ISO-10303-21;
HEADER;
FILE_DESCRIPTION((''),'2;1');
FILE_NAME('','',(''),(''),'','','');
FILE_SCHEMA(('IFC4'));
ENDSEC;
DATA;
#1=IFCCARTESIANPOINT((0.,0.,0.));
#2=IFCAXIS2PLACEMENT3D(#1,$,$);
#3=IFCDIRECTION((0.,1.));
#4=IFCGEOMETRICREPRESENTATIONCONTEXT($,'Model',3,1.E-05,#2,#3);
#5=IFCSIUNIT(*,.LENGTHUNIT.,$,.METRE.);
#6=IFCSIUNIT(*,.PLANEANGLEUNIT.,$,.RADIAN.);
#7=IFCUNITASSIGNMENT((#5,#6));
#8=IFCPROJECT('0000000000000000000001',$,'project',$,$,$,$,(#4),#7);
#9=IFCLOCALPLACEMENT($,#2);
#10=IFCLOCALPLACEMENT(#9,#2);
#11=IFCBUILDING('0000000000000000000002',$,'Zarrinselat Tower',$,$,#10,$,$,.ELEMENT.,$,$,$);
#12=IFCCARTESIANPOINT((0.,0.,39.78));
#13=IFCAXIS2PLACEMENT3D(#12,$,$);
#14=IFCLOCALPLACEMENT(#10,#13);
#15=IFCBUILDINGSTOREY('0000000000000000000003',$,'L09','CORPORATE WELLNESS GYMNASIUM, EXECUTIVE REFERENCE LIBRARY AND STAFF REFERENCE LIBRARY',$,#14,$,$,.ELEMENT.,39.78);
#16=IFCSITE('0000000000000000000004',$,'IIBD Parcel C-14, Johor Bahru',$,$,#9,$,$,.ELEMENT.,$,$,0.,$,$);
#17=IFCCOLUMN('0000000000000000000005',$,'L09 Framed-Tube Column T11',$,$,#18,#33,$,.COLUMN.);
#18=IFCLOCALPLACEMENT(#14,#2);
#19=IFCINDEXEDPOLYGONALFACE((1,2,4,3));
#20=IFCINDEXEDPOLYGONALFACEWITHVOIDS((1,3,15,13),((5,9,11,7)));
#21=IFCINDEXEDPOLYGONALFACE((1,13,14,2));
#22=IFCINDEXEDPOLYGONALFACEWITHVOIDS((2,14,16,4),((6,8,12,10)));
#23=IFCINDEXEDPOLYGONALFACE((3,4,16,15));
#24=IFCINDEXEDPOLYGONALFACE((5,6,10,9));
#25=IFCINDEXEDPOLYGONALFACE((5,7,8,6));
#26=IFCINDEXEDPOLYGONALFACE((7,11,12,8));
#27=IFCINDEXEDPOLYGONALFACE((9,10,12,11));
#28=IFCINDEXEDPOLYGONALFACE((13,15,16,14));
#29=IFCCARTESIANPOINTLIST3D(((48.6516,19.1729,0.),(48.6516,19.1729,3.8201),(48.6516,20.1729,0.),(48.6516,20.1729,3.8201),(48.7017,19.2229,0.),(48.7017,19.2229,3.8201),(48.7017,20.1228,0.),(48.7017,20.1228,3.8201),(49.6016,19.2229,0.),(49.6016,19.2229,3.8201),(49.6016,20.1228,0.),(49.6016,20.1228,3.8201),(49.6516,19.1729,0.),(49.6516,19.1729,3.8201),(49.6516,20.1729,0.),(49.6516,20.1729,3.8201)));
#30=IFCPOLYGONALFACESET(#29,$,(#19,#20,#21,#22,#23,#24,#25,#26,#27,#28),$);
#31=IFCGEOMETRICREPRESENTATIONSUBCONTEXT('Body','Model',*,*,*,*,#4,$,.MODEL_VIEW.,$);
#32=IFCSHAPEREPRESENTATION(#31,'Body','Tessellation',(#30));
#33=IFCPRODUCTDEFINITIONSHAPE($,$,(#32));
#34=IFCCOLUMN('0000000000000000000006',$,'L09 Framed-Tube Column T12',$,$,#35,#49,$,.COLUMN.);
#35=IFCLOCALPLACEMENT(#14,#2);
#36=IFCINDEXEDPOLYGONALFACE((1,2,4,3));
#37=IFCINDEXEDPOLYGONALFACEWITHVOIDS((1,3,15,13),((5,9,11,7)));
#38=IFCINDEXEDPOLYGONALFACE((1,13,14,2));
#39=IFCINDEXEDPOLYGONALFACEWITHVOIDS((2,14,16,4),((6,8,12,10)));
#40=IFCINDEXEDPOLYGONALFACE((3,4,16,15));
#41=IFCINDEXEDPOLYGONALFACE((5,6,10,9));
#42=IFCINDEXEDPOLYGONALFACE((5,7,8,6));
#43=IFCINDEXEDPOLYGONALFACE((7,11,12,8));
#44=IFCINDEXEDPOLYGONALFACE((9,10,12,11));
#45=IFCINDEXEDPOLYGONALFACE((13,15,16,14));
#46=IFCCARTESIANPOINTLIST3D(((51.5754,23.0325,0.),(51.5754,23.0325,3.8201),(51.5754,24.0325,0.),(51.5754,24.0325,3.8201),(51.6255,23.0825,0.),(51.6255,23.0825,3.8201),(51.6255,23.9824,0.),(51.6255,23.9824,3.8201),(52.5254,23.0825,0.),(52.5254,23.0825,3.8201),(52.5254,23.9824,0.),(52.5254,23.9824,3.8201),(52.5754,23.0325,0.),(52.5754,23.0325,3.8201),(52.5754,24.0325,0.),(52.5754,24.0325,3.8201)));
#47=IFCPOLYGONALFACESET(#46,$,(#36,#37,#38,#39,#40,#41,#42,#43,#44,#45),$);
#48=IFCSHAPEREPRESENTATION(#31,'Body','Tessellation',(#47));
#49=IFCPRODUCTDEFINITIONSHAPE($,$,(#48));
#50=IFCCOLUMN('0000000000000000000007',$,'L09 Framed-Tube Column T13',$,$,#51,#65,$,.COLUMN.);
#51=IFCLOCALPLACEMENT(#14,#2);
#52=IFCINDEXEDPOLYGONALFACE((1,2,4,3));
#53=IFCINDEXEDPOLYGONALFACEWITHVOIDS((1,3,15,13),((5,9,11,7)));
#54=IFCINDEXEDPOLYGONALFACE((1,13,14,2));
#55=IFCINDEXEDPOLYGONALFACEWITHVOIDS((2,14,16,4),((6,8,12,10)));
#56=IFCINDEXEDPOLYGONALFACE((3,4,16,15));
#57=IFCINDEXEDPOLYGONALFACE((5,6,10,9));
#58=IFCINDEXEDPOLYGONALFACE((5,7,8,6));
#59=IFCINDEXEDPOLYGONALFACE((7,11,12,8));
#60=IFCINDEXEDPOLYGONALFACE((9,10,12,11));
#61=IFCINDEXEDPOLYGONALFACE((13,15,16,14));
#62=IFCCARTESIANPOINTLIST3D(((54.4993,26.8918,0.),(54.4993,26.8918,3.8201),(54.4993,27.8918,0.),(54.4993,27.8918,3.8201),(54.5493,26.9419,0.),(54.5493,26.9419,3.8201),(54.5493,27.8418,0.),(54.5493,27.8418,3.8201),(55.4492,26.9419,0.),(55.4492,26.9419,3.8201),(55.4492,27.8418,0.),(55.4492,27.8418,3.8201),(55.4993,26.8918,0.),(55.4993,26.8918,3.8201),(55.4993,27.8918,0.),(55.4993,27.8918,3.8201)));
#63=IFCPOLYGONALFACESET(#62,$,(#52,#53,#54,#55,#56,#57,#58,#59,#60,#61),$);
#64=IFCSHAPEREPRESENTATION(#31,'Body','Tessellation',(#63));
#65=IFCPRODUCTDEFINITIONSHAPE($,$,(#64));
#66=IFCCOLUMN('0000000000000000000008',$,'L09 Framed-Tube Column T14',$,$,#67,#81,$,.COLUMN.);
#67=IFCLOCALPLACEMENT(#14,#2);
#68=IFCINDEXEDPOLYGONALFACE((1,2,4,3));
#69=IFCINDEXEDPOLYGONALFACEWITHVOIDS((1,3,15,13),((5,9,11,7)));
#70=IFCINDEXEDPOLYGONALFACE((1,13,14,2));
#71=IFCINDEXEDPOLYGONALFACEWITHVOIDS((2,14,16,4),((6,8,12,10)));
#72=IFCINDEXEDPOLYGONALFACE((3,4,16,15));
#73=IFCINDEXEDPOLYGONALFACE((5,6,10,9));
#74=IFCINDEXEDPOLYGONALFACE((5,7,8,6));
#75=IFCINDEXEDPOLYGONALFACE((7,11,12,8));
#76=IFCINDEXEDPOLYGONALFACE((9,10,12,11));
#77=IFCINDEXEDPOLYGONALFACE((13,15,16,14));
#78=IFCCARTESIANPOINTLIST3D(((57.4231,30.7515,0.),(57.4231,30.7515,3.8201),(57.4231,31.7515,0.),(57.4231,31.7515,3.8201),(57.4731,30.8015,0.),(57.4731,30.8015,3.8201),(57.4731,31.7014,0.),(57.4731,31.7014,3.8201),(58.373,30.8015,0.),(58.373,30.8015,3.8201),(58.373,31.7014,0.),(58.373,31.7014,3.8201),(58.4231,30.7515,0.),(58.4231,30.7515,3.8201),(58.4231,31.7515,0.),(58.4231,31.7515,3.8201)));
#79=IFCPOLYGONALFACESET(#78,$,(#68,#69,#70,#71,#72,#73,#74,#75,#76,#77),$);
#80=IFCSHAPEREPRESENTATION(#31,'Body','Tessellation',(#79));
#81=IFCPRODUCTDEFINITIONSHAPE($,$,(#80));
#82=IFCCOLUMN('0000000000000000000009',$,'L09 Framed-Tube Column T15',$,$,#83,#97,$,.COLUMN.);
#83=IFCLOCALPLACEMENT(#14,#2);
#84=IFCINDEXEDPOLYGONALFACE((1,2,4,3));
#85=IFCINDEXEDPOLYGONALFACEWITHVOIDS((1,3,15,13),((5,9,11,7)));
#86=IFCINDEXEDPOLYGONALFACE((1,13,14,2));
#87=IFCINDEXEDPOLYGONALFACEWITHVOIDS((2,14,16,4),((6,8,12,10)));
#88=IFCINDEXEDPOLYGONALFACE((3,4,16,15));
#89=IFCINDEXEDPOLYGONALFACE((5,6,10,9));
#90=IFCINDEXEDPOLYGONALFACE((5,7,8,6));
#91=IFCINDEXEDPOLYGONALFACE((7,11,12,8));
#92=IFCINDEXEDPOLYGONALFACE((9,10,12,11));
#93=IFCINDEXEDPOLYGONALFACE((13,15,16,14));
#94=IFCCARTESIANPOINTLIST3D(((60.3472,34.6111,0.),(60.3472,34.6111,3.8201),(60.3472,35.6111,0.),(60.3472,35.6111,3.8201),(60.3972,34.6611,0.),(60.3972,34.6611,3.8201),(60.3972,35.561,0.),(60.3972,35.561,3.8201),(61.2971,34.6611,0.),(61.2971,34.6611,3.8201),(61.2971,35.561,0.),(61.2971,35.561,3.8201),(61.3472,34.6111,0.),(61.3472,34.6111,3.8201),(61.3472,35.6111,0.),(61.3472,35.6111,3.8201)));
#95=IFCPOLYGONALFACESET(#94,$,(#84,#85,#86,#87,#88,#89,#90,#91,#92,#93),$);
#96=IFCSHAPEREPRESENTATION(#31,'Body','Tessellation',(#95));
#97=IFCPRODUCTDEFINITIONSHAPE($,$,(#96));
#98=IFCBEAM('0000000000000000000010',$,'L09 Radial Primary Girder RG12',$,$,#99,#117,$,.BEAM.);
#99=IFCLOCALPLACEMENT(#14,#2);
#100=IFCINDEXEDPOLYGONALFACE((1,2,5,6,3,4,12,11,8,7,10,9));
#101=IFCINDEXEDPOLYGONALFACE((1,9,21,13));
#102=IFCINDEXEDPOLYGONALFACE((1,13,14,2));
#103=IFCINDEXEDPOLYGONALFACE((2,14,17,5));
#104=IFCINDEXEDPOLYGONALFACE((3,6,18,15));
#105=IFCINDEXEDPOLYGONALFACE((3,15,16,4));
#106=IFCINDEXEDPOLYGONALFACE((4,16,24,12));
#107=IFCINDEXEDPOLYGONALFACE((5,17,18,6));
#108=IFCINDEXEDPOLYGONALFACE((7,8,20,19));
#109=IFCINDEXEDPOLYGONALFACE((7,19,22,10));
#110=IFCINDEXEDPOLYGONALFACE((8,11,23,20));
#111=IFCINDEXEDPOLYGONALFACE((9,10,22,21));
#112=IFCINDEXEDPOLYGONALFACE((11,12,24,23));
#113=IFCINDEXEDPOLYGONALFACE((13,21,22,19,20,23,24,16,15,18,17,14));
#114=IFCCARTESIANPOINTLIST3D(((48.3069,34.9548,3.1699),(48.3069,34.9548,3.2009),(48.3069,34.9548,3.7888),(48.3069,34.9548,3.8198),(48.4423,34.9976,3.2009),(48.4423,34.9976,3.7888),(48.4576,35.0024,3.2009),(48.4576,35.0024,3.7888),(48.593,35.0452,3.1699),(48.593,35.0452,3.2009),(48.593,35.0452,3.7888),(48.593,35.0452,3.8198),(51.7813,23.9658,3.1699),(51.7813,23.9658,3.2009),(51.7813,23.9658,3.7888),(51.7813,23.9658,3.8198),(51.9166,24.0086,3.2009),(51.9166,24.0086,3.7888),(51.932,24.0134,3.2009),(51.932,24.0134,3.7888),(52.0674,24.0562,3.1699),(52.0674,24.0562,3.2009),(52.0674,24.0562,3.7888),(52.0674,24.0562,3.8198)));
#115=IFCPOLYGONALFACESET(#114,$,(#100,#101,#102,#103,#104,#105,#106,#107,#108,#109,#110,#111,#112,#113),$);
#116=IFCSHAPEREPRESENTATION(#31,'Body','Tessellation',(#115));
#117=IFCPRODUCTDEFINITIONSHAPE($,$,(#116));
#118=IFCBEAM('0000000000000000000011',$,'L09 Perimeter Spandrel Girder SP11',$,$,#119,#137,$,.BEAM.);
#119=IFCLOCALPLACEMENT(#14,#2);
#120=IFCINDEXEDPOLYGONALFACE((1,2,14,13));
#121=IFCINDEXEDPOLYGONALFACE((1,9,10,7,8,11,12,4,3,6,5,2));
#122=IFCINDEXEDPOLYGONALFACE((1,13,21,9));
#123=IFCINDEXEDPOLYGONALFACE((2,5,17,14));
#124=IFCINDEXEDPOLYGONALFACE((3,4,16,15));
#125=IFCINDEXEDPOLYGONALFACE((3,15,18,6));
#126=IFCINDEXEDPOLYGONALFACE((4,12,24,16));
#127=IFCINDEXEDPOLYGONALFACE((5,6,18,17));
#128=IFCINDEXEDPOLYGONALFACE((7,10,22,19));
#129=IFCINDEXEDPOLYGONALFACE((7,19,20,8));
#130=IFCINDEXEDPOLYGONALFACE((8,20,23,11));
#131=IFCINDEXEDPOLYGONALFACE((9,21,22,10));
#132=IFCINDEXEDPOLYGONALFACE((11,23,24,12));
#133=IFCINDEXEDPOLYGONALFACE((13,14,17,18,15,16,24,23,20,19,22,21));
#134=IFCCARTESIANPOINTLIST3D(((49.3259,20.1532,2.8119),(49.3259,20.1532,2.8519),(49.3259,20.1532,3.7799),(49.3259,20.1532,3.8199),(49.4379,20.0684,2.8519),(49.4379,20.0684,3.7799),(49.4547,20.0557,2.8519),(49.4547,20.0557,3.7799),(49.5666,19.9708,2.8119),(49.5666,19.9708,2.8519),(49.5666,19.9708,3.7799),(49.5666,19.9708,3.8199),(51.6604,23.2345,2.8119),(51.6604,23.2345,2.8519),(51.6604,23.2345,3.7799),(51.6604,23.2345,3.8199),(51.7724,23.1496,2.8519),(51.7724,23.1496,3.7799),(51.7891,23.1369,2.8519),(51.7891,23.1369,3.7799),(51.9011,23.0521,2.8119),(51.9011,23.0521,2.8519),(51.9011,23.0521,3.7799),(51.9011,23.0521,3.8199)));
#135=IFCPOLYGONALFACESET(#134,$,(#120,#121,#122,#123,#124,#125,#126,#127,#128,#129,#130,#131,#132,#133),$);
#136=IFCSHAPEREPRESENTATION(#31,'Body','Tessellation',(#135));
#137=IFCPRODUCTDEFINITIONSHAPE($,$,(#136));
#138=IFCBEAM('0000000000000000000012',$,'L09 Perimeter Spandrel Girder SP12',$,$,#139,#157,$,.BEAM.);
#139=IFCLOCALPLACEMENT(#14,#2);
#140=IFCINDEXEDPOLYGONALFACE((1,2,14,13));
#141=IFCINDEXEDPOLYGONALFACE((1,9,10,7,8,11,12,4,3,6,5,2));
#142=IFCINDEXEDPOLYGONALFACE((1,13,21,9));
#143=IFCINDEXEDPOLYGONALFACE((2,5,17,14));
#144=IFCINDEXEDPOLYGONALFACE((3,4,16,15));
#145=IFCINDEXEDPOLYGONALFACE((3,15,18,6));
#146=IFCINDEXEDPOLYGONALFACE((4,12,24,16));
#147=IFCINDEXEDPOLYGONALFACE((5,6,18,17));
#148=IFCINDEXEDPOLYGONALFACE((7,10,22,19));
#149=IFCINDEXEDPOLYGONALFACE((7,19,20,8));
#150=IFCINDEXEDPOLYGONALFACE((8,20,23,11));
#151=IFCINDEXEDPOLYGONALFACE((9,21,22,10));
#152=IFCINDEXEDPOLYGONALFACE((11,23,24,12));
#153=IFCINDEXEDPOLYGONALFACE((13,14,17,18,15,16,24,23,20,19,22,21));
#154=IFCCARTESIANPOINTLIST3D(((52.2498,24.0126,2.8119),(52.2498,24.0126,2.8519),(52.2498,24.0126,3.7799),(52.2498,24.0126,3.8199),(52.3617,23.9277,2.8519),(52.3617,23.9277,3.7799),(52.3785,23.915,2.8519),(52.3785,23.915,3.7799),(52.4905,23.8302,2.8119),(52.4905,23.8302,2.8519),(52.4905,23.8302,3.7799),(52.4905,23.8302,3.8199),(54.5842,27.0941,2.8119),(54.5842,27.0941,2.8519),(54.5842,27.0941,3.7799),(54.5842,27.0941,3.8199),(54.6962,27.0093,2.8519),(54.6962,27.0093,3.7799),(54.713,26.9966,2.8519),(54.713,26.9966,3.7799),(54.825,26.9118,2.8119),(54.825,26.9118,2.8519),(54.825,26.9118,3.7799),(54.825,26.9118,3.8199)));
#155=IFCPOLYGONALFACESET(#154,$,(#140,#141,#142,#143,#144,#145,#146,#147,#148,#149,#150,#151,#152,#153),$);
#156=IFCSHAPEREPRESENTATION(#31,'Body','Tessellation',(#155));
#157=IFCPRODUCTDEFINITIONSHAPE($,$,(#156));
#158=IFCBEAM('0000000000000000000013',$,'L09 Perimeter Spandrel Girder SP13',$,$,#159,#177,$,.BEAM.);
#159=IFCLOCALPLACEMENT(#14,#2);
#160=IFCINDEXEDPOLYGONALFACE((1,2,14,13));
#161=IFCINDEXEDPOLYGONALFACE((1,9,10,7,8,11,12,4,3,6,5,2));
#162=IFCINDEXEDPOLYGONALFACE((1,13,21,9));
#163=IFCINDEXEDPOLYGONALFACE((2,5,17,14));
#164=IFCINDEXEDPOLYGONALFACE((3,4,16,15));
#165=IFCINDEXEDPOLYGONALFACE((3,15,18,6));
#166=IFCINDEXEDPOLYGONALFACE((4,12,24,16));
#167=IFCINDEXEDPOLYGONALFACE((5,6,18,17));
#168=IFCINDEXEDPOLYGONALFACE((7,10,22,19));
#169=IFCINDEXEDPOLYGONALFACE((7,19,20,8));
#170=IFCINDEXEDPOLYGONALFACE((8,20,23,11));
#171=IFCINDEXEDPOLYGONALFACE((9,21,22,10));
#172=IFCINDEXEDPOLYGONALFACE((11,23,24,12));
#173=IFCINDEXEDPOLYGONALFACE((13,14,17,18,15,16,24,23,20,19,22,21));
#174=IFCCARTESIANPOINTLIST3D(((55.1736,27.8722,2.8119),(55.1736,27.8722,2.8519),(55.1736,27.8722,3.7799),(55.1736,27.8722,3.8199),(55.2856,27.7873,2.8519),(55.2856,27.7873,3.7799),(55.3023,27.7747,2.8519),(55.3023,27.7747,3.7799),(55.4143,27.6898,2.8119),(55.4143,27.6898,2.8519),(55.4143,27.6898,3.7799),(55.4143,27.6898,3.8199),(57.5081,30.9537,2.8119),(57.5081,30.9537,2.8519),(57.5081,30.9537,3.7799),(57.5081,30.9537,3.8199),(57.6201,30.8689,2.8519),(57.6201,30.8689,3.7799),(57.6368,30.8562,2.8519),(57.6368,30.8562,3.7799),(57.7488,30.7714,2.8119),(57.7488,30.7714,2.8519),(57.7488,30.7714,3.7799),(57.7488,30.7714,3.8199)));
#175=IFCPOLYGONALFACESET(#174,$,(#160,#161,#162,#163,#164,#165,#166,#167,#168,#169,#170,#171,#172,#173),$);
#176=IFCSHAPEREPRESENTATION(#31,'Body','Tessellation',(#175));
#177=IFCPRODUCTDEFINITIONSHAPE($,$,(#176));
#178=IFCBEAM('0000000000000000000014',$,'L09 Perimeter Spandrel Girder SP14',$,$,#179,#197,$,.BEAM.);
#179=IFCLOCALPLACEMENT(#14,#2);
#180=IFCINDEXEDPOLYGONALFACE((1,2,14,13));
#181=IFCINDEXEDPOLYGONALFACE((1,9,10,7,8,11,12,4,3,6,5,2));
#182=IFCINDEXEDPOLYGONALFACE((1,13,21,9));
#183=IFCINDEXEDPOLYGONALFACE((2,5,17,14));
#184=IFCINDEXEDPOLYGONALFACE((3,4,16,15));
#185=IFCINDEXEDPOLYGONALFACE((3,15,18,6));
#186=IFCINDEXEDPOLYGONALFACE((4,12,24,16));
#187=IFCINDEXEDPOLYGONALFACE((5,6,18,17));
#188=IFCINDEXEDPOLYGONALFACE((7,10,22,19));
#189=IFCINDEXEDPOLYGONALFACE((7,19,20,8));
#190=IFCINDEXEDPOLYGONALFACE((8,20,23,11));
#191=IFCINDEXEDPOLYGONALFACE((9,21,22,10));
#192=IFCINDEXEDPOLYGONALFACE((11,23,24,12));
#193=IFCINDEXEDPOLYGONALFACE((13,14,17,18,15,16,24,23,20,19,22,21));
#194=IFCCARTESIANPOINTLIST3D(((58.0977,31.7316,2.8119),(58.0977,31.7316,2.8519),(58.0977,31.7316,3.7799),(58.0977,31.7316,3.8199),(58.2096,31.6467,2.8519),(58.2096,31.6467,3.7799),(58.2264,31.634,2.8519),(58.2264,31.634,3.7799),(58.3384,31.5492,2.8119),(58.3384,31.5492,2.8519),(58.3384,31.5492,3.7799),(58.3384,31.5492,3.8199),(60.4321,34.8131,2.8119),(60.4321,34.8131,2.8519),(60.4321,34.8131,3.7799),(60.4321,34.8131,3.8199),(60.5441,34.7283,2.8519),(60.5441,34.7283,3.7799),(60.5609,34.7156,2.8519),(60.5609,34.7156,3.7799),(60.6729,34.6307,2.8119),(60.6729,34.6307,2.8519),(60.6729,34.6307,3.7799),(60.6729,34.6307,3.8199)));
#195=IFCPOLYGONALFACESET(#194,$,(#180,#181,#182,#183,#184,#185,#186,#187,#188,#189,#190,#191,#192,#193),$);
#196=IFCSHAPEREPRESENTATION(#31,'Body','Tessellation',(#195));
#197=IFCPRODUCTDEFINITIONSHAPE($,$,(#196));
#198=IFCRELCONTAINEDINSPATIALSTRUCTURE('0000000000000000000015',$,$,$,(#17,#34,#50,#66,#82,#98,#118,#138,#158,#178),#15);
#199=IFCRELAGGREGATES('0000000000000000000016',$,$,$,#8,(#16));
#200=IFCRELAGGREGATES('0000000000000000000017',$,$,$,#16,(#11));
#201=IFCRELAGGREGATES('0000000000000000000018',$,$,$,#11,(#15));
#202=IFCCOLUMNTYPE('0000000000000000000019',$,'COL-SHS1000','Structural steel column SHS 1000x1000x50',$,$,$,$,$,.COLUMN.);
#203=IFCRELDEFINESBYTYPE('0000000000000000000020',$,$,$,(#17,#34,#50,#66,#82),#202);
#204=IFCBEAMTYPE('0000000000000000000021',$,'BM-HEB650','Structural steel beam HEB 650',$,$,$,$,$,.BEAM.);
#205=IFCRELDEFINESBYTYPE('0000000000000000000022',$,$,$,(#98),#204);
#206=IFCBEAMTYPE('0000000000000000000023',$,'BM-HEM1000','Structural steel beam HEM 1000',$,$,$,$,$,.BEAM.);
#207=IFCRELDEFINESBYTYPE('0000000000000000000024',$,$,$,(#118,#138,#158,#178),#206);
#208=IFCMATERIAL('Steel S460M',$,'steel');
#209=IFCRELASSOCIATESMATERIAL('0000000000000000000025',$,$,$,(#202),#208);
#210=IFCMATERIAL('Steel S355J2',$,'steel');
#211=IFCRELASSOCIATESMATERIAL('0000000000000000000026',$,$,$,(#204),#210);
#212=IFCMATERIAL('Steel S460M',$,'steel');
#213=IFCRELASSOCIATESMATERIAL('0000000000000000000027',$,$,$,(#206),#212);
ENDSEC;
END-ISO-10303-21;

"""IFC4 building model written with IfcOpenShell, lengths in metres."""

from ifc_helpers import new_model, si_unit, direction, frame, origin, origin_2d, place, context, subcontext, project, spatial, hollow_rectangle, i_section, extrude, material, material_profile, profile_set, type_object, element, save


model = new_model("IFC4")

# Units and contexts
model_context = context("Model", 3, precision=1e-05, world=origin(), true_north=direction((0.0, 1.0)))
body_context = subcontext(model_context, "Body", "Model", "MODEL_VIEW")
ifc_project = project(units=[si_unit("LENGTHUNIT", "METRE"), si_unit("PLANEANGLEUNIT", "RADIAN")], contexts=[model_context])

# Site, building, storey
site_placement = place(None, origin())
site = spatial("IfcSite", under=ifc_project, at=site_placement, Name="IIBD Parcel C-14, Johor Bahru", CompositionType="ELEMENT", RefElevation=0.0)
building_placement = place(site_placement, origin())
building = spatial("IfcBuilding", under=site, at=building_placement, Name="Zarrinselat Tower", CompositionType="ELEMENT")
storey_placement = place(building_placement, frame((0.0, 0.0, 39.78)))
storey = spatial("IfcBuildingStorey", under=building, at=storey_placement, Name="L09", Description="CORPORATE WELLNESS GYMNASIUM, EXECUTIVE REFERENCE LIBRARY AND STAFF REFERENCE LIBRARY", CompositionType="ELEMENT", Elevation=39.78)

# Columns
ifc_material_1 = material(Name="Steel S460M", Category="steel")
ifc_material_profile_1 = material_profile(ifc_material_1, hollow_rectangle(XDim=1.0, YDim=1.0, WallThickness=0.05, at=origin_2d()), Name="SHS 1000x1000x50")
ifc_profile_set_1 = profile_set([ifc_material_profile_1], Name="Steel S460M")
column_type = type_object("IfcColumnType", Name="COL-SHS1000", Description="Structural steel column SHS 1000x1000x50", PredefinedType="COLUMN", material=ifc_profile_set_1)
for number, where, z_axis, x_axis, name in (
    (1, (49.1516, 19.6729, 0.0), (0.0, 0.0, 1.0), (1.0, 0.0, 0.0), "L09 Framed-Tube Column T11"),
    (2, (52.0754, 23.5325, 0.0), (0.0, 0.0, 1.0), (1.0, 0.0, 0.0), "L09 Framed-Tube Column T12"),
    (3, (54.9993, 27.3918, 0.0), (0.0, 0.0, 1.0), (1.0, 0.0, 0.0), "L09 Framed-Tube Column T13"),
    (4, (57.9231, 31.2515, 0.0), (0.0, 0.0, 1.0), (1.0, 0.0, 0.0), "L09 Framed-Tube Column T14"),
    (5, (60.8472, 35.1111, 0.0), (0.0, 0.0, 1.0), (1.0, 0.0, 0.0), "L09 Framed-Tube Column T15"),
):
    element("IfcColumn", number, at=place(storey_placement, frame(where, z_axis=z_axis, x_axis=x_axis)), inside=storey, type_object=column_type, Name=name, PredefinedType="COLUMN", context=body_context, shape_type="SweptSolid", body=[
        extrude(hollow_rectangle(XDim=1.0, YDim=1.0, WallThickness=0.05, at=origin_2d()), origin(), (0.0, 0.0, 1.0), 3.8201),
    ])

# Beams
ifc_material_2 = material(Name="Steel S355J2", Category="steel")
ifc_material_profile_2 = material_profile(ifc_material_2, i_section(OverallWidth=0.3, OverallDepth=0.6499, WebThickness=0.0161, FlangeThickness=0.031, at=origin_2d()), Name="HEB 650")
ifc_profile_set_2 = profile_set([ifc_material_profile_2], Name="Steel S355J2")
beam_type_1 = type_object("IfcBeamType", Name="BM-HEB650", Description="Structural steel beam HEB 650", PredefinedType="BEAM", material=ifc_profile_set_2)
beam_1_placement = place(storey_placement, frame((48.45, 35.0, 3.4949), z_axis=(0.301459, -0.953479, 0.0), x_axis=(0.953479, 0.301459, 0.0)))
element("IfcBeam", 6, at=beam_1_placement, inside=storey, type_object=beam_type_1, Name="L09 Radial Primary Girder RG12", PredefinedType="BEAM", context=body_context, shape_type="SweptSolid", body=[
    extrude(i_section(OverallWidth=0.3, OverallDepth=0.6499, WebThickness=0.0161, FlangeThickness=0.031, at=origin_2d()), origin(), (0.0, 0.0, 1.0), 11.5251),
])
ifc_material_3 = material(Name="Steel S460M", Category="steel")
ifc_material_profile_3 = material_profile(ifc_material_3, i_section(OverallWidth=0.302, OverallDepth=1.0081, WebThickness=0.021, FlangeThickness=0.04, at=origin_2d()), Name="HEM 1000")
ifc_profile_set_3 = profile_set([ifc_material_profile_3], Name="Steel S460M")
beam_type_2 = type_object("IfcBeamType", Name="BM-HEM1000", Description="Structural steel beam HEM 1000", PredefinedType="BEAM", material=ifc_profile_set_3)
beam_2_placement = place(storey_placement, frame((49.4463, 20.062, 3.3159), z_axis=(0.603883, 0.797073, 0.0), x_axis=(-0.797073, 0.603883, 0.0)))
element("IfcBeam", 7, at=beam_2_placement, inside=storey, type_object=beam_type_2, Name="L09 Perimeter Spandrel Girder SP11", PredefinedType="BEAM", context=body_context, shape_type="SweptSolid", body=[
    extrude(i_section(OverallWidth=0.302, OverallDepth=1.0081, WebThickness=0.021, FlangeThickness=0.04, at=origin_2d()), origin(), (0.0, 0.0, 1.0), 3.8657),
])
for number, where, z_axis, x_axis, name in (
    (8, (52.3701, 23.9214, 3.3159), (0.603853, 0.797096, 0.0), (-0.797096, 0.603853, 0.0), "L09 Perimeter Spandrel Girder SP12"),
    (9, (55.2939, 27.781, 3.3159), (0.603853, 0.797096, 0.0), (-0.797096, 0.603853, 0.0), "L09 Perimeter Spandrel Girder SP13"),
    (10, (58.218, 31.6404, 3.3159), (0.603853, 0.797096, 0.0), (-0.797096, 0.603853, 0.0), "L09 Perimeter Spandrel Girder SP14"),
):
    element("IfcBeam", number, at=place(storey_placement, frame(where, z_axis=z_axis, x_axis=x_axis)), inside=storey, type_object=beam_type_2, Name=name, PredefinedType="BEAM", context=body_context, shape_type="SweptSolid", body=[
        extrude(i_section(OverallWidth=0.302, OverallDepth=1.0081, WebThickness=0.021, FlangeThickness=0.04, at=origin_2d()), origin(), (0.0, 0.0, 1.0), 3.866),
    ])

save(model, "model.ifc")
